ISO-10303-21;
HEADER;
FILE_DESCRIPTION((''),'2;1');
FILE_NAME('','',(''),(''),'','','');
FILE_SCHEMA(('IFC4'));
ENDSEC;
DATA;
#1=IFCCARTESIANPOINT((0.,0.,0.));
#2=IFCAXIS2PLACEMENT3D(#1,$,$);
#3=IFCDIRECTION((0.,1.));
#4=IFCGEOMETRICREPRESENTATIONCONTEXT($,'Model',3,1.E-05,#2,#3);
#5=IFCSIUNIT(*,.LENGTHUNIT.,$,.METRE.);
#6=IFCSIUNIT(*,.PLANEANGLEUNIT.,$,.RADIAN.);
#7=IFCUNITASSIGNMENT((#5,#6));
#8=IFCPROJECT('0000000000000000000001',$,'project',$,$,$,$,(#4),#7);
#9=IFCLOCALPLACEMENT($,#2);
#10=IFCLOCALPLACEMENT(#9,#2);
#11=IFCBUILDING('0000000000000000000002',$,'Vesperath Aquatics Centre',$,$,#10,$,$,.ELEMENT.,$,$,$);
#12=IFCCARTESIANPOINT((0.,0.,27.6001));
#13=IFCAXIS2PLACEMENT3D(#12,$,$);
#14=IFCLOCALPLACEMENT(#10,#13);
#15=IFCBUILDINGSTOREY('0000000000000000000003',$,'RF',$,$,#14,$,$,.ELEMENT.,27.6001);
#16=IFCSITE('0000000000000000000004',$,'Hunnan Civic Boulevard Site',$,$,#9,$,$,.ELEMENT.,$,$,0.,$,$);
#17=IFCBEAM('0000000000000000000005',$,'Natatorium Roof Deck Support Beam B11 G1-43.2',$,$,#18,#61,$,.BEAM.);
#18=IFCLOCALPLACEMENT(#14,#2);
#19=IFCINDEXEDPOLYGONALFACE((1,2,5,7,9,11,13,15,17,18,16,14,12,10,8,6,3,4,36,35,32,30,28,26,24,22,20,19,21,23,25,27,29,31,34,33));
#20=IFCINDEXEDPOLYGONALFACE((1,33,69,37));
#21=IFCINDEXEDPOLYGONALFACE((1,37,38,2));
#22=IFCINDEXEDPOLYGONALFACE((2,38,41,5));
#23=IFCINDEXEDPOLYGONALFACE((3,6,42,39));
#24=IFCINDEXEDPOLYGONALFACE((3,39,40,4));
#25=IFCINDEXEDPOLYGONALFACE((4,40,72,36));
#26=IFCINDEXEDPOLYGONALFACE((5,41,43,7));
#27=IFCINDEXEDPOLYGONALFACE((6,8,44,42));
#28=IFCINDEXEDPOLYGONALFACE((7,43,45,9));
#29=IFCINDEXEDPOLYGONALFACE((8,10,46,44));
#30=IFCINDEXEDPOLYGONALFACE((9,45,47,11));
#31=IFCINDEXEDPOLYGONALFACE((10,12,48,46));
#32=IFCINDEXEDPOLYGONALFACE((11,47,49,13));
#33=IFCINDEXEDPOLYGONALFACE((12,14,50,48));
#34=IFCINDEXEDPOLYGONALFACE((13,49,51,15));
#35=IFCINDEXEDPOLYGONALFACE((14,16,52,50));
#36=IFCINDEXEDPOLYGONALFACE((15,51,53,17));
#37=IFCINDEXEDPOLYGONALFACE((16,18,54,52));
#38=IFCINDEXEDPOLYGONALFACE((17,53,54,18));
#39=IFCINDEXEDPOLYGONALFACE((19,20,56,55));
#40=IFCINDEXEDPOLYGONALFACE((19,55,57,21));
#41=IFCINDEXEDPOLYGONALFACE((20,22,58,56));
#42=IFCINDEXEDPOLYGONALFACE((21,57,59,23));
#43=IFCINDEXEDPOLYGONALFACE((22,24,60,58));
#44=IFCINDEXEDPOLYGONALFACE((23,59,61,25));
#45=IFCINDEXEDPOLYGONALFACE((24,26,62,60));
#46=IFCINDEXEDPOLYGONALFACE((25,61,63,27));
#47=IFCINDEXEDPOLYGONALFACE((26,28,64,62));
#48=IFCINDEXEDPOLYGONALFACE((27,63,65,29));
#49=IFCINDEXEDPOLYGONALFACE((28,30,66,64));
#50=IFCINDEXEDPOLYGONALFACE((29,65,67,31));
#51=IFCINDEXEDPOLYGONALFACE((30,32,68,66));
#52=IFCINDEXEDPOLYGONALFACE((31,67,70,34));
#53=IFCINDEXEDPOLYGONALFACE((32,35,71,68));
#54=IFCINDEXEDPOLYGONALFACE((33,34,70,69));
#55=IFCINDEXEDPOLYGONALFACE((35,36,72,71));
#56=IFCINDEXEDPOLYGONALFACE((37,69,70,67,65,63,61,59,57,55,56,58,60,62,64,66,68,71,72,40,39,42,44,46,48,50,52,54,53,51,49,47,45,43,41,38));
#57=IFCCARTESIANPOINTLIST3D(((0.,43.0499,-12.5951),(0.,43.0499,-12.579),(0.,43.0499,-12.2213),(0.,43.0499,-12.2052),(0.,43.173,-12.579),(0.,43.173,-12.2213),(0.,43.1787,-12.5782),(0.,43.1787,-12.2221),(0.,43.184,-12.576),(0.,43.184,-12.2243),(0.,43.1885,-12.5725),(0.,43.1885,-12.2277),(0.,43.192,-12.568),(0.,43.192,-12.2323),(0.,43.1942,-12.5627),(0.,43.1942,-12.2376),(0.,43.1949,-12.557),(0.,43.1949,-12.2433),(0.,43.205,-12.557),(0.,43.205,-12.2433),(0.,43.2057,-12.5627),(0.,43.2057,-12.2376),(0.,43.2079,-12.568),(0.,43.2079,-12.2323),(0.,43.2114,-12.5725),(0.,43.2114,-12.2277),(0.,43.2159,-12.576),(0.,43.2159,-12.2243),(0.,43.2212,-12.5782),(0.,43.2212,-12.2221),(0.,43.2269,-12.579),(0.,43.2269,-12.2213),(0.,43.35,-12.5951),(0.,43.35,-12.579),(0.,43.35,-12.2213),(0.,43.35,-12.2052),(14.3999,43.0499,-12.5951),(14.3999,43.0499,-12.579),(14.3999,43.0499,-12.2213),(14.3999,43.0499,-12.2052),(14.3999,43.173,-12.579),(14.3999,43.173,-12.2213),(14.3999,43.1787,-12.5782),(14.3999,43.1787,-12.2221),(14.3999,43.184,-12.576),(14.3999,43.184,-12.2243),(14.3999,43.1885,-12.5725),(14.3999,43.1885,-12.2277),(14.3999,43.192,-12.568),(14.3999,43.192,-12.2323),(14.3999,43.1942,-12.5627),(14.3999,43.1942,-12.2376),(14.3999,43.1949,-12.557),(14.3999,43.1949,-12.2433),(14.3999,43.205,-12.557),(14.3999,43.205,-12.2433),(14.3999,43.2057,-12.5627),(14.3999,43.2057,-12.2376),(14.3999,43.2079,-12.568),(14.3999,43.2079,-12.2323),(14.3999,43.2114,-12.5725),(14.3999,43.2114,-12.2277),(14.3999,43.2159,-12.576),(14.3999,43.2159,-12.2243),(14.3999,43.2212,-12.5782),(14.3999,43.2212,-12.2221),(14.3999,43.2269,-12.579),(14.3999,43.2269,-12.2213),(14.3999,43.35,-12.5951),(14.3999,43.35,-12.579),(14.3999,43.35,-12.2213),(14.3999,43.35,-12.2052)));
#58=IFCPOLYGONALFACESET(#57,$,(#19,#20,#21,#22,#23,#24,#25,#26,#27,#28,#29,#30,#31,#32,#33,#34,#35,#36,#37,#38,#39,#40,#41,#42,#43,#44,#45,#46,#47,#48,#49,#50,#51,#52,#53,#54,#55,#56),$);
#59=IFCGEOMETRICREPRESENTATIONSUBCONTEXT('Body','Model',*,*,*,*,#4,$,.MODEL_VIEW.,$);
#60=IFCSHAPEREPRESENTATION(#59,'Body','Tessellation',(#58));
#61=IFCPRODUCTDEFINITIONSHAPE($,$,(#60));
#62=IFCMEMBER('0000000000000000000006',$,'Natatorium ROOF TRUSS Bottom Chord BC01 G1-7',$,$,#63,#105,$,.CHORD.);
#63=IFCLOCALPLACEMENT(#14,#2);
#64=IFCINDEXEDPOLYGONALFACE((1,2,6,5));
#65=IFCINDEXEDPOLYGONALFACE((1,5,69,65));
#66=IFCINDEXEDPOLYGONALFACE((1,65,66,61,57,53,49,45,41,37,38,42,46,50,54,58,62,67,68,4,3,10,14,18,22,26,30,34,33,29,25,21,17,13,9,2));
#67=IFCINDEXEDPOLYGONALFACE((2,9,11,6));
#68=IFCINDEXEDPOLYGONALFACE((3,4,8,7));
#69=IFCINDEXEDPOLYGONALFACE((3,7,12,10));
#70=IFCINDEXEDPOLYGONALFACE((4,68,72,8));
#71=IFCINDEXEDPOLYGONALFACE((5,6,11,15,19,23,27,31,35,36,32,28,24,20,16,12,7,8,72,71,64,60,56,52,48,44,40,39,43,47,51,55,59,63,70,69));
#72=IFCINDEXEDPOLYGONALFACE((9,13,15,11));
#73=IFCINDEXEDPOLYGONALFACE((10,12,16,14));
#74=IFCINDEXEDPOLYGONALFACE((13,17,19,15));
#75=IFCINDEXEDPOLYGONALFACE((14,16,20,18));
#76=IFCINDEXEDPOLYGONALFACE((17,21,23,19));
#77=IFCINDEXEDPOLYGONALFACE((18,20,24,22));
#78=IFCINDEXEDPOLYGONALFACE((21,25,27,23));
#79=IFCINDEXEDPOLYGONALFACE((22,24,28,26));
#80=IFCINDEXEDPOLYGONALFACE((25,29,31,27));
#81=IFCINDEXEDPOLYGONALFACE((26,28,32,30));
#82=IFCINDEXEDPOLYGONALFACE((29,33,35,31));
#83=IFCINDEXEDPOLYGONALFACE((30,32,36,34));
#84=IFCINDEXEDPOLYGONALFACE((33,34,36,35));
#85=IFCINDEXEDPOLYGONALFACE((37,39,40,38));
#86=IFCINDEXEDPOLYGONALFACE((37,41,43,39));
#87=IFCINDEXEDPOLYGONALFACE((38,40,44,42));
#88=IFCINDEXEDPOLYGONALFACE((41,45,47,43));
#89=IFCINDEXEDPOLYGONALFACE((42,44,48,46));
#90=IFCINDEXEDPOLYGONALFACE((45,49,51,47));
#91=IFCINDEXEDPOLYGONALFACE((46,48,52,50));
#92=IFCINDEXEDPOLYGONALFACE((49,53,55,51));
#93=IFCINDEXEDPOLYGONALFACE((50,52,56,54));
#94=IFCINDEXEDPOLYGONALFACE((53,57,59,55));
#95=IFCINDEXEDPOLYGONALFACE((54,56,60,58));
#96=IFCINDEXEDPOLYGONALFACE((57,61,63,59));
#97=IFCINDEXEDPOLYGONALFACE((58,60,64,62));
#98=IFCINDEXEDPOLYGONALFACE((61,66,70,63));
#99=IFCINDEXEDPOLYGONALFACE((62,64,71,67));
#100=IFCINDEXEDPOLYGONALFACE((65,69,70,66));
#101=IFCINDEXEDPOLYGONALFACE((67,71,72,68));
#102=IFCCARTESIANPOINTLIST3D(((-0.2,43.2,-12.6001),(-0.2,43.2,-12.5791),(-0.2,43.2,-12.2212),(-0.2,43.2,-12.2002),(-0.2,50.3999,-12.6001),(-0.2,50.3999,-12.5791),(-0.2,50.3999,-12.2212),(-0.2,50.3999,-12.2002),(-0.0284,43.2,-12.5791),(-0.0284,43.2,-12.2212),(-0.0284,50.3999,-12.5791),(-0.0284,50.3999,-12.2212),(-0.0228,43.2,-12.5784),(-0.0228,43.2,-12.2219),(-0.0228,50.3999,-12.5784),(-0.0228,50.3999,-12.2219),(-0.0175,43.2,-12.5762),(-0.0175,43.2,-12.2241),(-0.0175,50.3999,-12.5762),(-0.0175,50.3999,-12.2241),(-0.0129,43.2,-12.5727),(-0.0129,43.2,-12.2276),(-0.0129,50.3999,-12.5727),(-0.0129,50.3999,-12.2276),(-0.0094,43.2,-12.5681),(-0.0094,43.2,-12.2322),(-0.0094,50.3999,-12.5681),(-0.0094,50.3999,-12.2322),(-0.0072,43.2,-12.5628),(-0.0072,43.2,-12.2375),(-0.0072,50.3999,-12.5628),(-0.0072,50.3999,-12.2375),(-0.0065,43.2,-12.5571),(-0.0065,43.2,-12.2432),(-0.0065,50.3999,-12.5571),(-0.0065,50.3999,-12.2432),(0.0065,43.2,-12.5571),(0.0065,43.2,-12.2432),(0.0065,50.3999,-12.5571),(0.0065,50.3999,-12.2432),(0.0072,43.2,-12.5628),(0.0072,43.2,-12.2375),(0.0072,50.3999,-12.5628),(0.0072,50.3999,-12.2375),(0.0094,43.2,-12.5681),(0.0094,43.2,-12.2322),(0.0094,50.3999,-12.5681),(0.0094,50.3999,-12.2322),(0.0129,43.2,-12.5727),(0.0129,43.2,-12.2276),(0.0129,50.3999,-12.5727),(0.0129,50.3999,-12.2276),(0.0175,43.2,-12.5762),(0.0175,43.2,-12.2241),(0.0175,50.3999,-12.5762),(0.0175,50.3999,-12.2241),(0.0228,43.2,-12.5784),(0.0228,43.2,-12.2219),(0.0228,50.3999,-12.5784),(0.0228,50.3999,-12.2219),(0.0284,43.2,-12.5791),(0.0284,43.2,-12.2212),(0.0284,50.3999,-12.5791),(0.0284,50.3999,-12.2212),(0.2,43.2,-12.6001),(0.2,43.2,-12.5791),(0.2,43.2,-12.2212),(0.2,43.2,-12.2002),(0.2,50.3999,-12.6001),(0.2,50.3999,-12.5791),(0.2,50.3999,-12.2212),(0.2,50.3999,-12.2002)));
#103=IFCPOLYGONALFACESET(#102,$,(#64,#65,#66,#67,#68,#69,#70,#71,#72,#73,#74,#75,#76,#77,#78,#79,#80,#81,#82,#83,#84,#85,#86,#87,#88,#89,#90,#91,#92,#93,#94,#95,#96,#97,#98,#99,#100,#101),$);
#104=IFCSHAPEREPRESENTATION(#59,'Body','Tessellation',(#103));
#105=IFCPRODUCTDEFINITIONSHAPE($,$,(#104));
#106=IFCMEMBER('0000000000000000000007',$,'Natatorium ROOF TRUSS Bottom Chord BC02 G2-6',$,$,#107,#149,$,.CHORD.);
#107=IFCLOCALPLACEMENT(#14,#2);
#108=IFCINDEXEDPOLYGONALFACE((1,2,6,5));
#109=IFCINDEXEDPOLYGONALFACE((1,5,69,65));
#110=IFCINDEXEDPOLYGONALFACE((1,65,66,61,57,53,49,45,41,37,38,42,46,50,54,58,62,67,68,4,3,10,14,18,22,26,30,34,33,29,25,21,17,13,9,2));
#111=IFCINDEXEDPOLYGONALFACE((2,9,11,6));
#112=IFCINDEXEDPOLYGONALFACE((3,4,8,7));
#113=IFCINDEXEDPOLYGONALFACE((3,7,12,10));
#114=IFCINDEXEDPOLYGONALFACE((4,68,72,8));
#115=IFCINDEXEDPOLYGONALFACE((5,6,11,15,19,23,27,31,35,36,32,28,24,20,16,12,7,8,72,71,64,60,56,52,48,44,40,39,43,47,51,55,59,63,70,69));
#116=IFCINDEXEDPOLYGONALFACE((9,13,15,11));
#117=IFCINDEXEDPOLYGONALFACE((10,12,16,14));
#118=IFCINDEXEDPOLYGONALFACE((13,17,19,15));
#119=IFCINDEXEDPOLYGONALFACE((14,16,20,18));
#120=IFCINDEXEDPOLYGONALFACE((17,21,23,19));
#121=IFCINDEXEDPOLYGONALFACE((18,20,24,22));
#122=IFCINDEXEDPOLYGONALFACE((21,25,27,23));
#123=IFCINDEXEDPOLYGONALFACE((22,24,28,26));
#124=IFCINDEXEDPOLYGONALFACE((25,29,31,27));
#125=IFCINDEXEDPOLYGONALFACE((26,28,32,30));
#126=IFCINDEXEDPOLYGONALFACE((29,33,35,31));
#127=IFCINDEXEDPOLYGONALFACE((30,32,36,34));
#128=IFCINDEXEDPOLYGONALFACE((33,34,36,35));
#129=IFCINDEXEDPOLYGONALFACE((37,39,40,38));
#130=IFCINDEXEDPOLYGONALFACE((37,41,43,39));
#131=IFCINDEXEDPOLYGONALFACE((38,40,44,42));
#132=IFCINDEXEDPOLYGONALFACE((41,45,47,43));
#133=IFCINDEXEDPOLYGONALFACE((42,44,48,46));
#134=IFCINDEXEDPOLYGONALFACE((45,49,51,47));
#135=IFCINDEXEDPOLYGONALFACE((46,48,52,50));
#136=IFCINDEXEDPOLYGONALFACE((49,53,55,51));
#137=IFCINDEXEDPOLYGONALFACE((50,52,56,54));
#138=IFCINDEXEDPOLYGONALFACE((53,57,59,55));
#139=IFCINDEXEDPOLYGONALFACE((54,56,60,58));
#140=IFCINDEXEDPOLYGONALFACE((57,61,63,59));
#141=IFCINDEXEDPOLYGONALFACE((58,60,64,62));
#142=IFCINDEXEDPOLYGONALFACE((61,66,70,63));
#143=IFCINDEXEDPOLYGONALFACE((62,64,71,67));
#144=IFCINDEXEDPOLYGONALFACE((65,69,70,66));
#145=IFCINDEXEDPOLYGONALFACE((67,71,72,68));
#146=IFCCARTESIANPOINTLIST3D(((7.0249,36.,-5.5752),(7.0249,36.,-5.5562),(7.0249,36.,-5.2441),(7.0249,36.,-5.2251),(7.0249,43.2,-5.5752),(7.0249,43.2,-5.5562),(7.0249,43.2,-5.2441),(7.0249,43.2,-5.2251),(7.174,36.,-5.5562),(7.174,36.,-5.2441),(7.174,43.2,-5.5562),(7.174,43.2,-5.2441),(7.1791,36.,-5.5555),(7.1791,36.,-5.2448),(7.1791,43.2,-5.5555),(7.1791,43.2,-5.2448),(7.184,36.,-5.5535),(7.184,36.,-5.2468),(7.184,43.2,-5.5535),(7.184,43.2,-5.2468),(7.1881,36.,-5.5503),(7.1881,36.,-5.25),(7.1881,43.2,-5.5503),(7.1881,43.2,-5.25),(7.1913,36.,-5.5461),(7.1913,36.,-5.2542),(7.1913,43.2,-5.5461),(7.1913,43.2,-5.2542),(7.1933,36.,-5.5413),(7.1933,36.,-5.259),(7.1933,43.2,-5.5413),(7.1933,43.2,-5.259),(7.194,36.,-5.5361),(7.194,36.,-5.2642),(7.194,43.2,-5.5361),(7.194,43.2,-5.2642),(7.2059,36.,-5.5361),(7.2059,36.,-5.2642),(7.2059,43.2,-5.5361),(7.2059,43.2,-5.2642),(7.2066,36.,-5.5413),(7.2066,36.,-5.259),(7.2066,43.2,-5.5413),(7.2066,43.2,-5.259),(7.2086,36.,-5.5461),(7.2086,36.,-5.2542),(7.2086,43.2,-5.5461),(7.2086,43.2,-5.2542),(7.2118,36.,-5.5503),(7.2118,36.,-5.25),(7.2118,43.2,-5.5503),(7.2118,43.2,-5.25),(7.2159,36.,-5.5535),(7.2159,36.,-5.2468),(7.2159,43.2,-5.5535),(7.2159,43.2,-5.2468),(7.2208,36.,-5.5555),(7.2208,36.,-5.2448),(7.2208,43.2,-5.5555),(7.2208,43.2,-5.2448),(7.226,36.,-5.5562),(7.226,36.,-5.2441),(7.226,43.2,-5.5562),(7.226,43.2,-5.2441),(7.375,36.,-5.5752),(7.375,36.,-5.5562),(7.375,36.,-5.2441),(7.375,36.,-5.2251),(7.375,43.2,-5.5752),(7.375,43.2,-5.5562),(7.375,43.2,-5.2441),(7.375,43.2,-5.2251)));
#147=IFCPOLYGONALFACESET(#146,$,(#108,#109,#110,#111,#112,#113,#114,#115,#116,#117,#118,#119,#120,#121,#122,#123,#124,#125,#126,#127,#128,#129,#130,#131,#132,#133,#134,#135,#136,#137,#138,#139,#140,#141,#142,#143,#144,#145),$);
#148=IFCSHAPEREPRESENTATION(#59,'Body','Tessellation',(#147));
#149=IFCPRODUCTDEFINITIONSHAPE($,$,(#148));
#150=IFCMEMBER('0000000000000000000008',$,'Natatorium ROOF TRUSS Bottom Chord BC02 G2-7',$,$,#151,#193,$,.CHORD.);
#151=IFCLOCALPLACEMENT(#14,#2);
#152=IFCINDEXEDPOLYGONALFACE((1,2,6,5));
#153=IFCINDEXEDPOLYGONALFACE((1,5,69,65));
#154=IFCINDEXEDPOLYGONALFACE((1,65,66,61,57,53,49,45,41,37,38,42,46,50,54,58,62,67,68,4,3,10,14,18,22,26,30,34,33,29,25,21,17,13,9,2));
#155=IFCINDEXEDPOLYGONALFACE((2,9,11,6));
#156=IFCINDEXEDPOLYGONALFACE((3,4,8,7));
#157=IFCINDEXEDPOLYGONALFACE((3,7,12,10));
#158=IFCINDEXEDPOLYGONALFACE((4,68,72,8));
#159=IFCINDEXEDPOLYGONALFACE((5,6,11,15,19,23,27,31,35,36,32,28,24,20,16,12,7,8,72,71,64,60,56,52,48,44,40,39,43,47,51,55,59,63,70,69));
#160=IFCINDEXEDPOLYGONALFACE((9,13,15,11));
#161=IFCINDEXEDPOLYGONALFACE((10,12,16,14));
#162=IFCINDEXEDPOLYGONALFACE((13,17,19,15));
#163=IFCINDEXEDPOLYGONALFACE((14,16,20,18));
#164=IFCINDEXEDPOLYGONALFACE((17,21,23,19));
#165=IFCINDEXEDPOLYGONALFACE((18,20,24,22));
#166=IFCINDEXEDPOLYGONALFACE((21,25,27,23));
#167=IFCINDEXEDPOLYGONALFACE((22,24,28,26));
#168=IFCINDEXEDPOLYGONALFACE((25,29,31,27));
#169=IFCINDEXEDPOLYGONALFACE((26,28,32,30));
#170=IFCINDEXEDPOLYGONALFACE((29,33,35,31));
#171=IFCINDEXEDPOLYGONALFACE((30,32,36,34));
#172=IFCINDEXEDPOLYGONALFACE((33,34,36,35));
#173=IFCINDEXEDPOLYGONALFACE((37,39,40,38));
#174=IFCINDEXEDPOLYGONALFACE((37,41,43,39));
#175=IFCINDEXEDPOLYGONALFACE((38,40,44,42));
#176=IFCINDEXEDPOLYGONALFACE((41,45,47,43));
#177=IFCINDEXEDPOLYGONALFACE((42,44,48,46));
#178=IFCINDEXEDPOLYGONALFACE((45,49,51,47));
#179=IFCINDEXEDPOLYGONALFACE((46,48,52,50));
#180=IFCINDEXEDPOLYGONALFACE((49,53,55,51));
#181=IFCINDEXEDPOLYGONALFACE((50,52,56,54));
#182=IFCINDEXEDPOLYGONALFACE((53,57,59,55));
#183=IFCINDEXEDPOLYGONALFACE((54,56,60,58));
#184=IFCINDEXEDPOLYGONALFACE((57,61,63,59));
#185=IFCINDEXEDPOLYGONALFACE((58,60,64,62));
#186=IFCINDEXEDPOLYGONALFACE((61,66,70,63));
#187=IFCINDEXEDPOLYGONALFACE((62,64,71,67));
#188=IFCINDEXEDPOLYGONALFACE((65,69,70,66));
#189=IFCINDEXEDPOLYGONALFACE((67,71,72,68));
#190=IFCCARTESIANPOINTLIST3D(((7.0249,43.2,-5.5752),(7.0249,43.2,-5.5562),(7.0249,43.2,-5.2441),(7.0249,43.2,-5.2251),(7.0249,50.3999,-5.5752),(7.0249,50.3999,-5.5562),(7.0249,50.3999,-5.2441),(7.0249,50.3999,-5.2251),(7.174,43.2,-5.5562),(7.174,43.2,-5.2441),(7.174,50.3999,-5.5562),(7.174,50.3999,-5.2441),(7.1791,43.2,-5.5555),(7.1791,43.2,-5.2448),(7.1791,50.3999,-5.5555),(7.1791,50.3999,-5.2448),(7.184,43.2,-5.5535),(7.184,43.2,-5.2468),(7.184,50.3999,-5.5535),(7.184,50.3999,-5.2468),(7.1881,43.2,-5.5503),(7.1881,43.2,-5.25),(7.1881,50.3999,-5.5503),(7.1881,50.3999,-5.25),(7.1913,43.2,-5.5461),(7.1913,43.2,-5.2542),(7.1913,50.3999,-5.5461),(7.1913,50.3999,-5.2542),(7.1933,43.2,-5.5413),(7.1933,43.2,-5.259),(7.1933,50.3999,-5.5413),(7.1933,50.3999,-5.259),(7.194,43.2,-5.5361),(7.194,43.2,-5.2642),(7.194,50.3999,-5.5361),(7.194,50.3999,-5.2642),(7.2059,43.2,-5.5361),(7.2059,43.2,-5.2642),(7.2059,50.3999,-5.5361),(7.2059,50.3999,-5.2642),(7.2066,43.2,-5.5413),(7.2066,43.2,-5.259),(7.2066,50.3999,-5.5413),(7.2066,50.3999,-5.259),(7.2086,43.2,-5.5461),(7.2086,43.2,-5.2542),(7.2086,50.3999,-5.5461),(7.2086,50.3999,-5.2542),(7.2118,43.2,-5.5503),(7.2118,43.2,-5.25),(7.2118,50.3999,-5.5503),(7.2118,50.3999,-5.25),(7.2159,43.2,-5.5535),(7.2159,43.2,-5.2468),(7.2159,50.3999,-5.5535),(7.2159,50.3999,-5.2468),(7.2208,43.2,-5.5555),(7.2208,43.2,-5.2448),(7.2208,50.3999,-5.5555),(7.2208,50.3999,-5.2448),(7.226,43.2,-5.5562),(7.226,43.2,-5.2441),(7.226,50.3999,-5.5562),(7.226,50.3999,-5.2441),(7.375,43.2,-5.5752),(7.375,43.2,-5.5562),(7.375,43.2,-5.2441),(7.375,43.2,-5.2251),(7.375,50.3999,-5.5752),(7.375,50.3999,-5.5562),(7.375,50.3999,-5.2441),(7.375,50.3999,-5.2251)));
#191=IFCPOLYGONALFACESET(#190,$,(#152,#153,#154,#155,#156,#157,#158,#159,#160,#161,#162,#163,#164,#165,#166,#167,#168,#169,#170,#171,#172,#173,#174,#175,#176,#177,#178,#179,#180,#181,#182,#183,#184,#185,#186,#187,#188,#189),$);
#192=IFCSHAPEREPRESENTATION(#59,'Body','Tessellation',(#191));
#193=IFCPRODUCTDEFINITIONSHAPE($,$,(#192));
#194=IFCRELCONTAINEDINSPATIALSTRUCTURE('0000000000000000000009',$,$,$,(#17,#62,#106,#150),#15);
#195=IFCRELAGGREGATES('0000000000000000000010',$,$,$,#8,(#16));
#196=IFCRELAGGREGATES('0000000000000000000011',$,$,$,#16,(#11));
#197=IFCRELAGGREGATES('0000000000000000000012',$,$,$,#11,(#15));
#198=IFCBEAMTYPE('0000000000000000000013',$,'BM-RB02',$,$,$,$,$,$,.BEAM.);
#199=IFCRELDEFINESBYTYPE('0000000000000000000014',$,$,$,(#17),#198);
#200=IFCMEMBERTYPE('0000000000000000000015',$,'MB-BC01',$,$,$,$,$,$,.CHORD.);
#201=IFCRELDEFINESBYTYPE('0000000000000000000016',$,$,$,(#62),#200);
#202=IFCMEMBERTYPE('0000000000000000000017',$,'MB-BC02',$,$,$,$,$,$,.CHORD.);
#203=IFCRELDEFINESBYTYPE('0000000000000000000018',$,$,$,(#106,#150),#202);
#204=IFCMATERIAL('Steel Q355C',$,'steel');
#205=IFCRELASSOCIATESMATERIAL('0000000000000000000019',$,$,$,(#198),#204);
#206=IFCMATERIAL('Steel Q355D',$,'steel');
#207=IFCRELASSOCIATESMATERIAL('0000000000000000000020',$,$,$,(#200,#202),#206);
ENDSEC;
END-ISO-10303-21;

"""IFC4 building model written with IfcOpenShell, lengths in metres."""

from ifc_helpers import new_model, si_unit, direction, frame, origin, origin_2d, place, context, subcontext, project, spatial, i_section, extrude, material, material_profile, profile_set, type_object, element, save


model = new_model("IFC4")

# Units and contexts
model_context = context("Model", 3, precision=1e-05, world=origin(), true_north=direction((0.0, 1.0)))
body_context = subcontext(model_context, "Body", "Model", "MODEL_VIEW")
ifc_project = project(units=[si_unit("LENGTHUNIT", "METRE"), si_unit("PLANEANGLEUNIT", "RADIAN")], contexts=[model_context])

# Site, building, storey
site_placement = place(None, origin())
site = spatial("IfcSite", under=ifc_project, at=site_placement, Name="Hunnan Civic Boulevard Site", CompositionType="ELEMENT", RefElevation=0.0)
building_placement = place(site_placement, origin())
building = spatial("IfcBuilding", under=site, at=building_placement, Name="Vesperath Aquatics Centre", CompositionType="ELEMENT")
storey_placement = place(building_placement, frame((0.0, 0.0, 27.6001)))
storey = spatial("IfcBuildingStorey", under=building, at=storey_placement, Name="RF", CompositionType="ELEMENT", Elevation=27.6001)

# Beam
ifc_material_1 = material(Name="Steel Q355C", Category="steel")
ifc_material_profile_1 = material_profile(ifc_material_1, i_section(OverallWidth=0.3, OverallDepth=0.3899, WebThickness=0.01, FlangeThickness=0.0161, FilletRadius=0.022, at=origin_2d()), Name="HM 390x300x10x16")
ifc_profile_set_1 = profile_set([ifc_material_profile_1], Name="Steel Q355C")
beam_type = type_object("IfcBeamType", Name="BM-RB02", PredefinedType="BEAM", material=ifc_profile_set_1)
beam_placement = place(storey_placement, frame((0.0, 43.2, -12.4001), z_axis=(1.0, 0.0, 0.0), x_axis=(0.0, 1.0, 0.0)))
element("IfcBeam", 1, at=beam_placement, inside=storey, type_object=beam_type, Name="Natatorium Roof Deck Support Beam B11 G1-43.2", PredefinedType="BEAM", context=body_context, shape_type="SweptSolid", body=[
    extrude(i_section(OverallWidth=0.3, OverallDepth=0.3899, WebThickness=0.01, FlangeThickness=0.0161, FilletRadius=0.022, at=origin_2d()), origin(), (0.0, 0.0, 1.0), 14.3999),
])

# Members
ifc_material_2 = material(Name="Steel Q355D", Category="steel")
ifc_material_profile_2 = material_profile(ifc_material_2, i_section(OverallWidth=0.3999, OverallDepth=0.3999, WebThickness=0.0129, FlangeThickness=0.021, FilletRadius=0.022, at=origin_2d()), Name="HW 400x400x13x21")
ifc_profile_set_2 = profile_set([ifc_material_profile_2], Name="Steel Q355D")
member_type_1 = type_object("IfcMemberType", Name="MB-BC01", PredefinedType="CHORD", material=ifc_profile_set_2)
member_1_placement = place(storey_placement, frame((0.0, 43.2, -12.4001), z_axis=(0.0, 1.0, 0.0), x_axis=(-1.0, 0.0, 0.0)))
element("IfcMember", 2, at=member_1_placement, inside=storey, type_object=member_type_1, Name="Natatorium ROOF TRUSS Bottom Chord BC01 G1-7", PredefinedType="CHORD", context=body_context, shape_type="SweptSolid", body=[
    extrude(i_section(OverallWidth=0.3999, OverallDepth=0.3999, WebThickness=0.0129, FlangeThickness=0.021, FilletRadius=0.022, at=origin_2d()), origin(), (0.0, 0.0, 1.0), 7.2),
])
ifc_material_profile_3 = material_profile(ifc_material_2, i_section(OverallWidth=0.3501, OverallDepth=0.3501, WebThickness=0.012, FlangeThickness=0.019, FilletRadius=0.02, at=origin_2d()), Name="HW 350x350x12x19")
ifc_profile_set_3 = profile_set([ifc_material_profile_3], Name="Steel Q355D")
member_type_2 = type_object("IfcMemberType", Name="MB-BC02", PredefinedType="CHORD", material=ifc_profile_set_3)
for number, where, z_axis, x_axis, name in (
    (3, (7.2, 36.0, -5.4001), (0.0, 1.0, 0.0), (-1.0, 0.0, 0.0), "Natatorium ROOF TRUSS Bottom Chord BC02 G2-6"),
    (4, (7.2, 43.2, -5.4001), (0.0, 1.0, 0.0), (-1.0, 0.0, 0.0), "Natatorium ROOF TRUSS Bottom Chord BC02 G2-7"),
):
    element("IfcMember", number, at=place(storey_placement, frame(where, z_axis=z_axis, x_axis=x_axis)), inside=storey, type_object=member_type_2, Name=name, PredefinedType="CHORD", context=body_context, shape_type="SweptSolid", body=[
        extrude(i_section(OverallWidth=0.3501, OverallDepth=0.3501, WebThickness=0.012, FlangeThickness=0.019, FilletRadius=0.02, at=origin_2d()), origin(), (0.0, 0.0, 1.0), 7.2),
    ])

save(model, "model.ifc")
